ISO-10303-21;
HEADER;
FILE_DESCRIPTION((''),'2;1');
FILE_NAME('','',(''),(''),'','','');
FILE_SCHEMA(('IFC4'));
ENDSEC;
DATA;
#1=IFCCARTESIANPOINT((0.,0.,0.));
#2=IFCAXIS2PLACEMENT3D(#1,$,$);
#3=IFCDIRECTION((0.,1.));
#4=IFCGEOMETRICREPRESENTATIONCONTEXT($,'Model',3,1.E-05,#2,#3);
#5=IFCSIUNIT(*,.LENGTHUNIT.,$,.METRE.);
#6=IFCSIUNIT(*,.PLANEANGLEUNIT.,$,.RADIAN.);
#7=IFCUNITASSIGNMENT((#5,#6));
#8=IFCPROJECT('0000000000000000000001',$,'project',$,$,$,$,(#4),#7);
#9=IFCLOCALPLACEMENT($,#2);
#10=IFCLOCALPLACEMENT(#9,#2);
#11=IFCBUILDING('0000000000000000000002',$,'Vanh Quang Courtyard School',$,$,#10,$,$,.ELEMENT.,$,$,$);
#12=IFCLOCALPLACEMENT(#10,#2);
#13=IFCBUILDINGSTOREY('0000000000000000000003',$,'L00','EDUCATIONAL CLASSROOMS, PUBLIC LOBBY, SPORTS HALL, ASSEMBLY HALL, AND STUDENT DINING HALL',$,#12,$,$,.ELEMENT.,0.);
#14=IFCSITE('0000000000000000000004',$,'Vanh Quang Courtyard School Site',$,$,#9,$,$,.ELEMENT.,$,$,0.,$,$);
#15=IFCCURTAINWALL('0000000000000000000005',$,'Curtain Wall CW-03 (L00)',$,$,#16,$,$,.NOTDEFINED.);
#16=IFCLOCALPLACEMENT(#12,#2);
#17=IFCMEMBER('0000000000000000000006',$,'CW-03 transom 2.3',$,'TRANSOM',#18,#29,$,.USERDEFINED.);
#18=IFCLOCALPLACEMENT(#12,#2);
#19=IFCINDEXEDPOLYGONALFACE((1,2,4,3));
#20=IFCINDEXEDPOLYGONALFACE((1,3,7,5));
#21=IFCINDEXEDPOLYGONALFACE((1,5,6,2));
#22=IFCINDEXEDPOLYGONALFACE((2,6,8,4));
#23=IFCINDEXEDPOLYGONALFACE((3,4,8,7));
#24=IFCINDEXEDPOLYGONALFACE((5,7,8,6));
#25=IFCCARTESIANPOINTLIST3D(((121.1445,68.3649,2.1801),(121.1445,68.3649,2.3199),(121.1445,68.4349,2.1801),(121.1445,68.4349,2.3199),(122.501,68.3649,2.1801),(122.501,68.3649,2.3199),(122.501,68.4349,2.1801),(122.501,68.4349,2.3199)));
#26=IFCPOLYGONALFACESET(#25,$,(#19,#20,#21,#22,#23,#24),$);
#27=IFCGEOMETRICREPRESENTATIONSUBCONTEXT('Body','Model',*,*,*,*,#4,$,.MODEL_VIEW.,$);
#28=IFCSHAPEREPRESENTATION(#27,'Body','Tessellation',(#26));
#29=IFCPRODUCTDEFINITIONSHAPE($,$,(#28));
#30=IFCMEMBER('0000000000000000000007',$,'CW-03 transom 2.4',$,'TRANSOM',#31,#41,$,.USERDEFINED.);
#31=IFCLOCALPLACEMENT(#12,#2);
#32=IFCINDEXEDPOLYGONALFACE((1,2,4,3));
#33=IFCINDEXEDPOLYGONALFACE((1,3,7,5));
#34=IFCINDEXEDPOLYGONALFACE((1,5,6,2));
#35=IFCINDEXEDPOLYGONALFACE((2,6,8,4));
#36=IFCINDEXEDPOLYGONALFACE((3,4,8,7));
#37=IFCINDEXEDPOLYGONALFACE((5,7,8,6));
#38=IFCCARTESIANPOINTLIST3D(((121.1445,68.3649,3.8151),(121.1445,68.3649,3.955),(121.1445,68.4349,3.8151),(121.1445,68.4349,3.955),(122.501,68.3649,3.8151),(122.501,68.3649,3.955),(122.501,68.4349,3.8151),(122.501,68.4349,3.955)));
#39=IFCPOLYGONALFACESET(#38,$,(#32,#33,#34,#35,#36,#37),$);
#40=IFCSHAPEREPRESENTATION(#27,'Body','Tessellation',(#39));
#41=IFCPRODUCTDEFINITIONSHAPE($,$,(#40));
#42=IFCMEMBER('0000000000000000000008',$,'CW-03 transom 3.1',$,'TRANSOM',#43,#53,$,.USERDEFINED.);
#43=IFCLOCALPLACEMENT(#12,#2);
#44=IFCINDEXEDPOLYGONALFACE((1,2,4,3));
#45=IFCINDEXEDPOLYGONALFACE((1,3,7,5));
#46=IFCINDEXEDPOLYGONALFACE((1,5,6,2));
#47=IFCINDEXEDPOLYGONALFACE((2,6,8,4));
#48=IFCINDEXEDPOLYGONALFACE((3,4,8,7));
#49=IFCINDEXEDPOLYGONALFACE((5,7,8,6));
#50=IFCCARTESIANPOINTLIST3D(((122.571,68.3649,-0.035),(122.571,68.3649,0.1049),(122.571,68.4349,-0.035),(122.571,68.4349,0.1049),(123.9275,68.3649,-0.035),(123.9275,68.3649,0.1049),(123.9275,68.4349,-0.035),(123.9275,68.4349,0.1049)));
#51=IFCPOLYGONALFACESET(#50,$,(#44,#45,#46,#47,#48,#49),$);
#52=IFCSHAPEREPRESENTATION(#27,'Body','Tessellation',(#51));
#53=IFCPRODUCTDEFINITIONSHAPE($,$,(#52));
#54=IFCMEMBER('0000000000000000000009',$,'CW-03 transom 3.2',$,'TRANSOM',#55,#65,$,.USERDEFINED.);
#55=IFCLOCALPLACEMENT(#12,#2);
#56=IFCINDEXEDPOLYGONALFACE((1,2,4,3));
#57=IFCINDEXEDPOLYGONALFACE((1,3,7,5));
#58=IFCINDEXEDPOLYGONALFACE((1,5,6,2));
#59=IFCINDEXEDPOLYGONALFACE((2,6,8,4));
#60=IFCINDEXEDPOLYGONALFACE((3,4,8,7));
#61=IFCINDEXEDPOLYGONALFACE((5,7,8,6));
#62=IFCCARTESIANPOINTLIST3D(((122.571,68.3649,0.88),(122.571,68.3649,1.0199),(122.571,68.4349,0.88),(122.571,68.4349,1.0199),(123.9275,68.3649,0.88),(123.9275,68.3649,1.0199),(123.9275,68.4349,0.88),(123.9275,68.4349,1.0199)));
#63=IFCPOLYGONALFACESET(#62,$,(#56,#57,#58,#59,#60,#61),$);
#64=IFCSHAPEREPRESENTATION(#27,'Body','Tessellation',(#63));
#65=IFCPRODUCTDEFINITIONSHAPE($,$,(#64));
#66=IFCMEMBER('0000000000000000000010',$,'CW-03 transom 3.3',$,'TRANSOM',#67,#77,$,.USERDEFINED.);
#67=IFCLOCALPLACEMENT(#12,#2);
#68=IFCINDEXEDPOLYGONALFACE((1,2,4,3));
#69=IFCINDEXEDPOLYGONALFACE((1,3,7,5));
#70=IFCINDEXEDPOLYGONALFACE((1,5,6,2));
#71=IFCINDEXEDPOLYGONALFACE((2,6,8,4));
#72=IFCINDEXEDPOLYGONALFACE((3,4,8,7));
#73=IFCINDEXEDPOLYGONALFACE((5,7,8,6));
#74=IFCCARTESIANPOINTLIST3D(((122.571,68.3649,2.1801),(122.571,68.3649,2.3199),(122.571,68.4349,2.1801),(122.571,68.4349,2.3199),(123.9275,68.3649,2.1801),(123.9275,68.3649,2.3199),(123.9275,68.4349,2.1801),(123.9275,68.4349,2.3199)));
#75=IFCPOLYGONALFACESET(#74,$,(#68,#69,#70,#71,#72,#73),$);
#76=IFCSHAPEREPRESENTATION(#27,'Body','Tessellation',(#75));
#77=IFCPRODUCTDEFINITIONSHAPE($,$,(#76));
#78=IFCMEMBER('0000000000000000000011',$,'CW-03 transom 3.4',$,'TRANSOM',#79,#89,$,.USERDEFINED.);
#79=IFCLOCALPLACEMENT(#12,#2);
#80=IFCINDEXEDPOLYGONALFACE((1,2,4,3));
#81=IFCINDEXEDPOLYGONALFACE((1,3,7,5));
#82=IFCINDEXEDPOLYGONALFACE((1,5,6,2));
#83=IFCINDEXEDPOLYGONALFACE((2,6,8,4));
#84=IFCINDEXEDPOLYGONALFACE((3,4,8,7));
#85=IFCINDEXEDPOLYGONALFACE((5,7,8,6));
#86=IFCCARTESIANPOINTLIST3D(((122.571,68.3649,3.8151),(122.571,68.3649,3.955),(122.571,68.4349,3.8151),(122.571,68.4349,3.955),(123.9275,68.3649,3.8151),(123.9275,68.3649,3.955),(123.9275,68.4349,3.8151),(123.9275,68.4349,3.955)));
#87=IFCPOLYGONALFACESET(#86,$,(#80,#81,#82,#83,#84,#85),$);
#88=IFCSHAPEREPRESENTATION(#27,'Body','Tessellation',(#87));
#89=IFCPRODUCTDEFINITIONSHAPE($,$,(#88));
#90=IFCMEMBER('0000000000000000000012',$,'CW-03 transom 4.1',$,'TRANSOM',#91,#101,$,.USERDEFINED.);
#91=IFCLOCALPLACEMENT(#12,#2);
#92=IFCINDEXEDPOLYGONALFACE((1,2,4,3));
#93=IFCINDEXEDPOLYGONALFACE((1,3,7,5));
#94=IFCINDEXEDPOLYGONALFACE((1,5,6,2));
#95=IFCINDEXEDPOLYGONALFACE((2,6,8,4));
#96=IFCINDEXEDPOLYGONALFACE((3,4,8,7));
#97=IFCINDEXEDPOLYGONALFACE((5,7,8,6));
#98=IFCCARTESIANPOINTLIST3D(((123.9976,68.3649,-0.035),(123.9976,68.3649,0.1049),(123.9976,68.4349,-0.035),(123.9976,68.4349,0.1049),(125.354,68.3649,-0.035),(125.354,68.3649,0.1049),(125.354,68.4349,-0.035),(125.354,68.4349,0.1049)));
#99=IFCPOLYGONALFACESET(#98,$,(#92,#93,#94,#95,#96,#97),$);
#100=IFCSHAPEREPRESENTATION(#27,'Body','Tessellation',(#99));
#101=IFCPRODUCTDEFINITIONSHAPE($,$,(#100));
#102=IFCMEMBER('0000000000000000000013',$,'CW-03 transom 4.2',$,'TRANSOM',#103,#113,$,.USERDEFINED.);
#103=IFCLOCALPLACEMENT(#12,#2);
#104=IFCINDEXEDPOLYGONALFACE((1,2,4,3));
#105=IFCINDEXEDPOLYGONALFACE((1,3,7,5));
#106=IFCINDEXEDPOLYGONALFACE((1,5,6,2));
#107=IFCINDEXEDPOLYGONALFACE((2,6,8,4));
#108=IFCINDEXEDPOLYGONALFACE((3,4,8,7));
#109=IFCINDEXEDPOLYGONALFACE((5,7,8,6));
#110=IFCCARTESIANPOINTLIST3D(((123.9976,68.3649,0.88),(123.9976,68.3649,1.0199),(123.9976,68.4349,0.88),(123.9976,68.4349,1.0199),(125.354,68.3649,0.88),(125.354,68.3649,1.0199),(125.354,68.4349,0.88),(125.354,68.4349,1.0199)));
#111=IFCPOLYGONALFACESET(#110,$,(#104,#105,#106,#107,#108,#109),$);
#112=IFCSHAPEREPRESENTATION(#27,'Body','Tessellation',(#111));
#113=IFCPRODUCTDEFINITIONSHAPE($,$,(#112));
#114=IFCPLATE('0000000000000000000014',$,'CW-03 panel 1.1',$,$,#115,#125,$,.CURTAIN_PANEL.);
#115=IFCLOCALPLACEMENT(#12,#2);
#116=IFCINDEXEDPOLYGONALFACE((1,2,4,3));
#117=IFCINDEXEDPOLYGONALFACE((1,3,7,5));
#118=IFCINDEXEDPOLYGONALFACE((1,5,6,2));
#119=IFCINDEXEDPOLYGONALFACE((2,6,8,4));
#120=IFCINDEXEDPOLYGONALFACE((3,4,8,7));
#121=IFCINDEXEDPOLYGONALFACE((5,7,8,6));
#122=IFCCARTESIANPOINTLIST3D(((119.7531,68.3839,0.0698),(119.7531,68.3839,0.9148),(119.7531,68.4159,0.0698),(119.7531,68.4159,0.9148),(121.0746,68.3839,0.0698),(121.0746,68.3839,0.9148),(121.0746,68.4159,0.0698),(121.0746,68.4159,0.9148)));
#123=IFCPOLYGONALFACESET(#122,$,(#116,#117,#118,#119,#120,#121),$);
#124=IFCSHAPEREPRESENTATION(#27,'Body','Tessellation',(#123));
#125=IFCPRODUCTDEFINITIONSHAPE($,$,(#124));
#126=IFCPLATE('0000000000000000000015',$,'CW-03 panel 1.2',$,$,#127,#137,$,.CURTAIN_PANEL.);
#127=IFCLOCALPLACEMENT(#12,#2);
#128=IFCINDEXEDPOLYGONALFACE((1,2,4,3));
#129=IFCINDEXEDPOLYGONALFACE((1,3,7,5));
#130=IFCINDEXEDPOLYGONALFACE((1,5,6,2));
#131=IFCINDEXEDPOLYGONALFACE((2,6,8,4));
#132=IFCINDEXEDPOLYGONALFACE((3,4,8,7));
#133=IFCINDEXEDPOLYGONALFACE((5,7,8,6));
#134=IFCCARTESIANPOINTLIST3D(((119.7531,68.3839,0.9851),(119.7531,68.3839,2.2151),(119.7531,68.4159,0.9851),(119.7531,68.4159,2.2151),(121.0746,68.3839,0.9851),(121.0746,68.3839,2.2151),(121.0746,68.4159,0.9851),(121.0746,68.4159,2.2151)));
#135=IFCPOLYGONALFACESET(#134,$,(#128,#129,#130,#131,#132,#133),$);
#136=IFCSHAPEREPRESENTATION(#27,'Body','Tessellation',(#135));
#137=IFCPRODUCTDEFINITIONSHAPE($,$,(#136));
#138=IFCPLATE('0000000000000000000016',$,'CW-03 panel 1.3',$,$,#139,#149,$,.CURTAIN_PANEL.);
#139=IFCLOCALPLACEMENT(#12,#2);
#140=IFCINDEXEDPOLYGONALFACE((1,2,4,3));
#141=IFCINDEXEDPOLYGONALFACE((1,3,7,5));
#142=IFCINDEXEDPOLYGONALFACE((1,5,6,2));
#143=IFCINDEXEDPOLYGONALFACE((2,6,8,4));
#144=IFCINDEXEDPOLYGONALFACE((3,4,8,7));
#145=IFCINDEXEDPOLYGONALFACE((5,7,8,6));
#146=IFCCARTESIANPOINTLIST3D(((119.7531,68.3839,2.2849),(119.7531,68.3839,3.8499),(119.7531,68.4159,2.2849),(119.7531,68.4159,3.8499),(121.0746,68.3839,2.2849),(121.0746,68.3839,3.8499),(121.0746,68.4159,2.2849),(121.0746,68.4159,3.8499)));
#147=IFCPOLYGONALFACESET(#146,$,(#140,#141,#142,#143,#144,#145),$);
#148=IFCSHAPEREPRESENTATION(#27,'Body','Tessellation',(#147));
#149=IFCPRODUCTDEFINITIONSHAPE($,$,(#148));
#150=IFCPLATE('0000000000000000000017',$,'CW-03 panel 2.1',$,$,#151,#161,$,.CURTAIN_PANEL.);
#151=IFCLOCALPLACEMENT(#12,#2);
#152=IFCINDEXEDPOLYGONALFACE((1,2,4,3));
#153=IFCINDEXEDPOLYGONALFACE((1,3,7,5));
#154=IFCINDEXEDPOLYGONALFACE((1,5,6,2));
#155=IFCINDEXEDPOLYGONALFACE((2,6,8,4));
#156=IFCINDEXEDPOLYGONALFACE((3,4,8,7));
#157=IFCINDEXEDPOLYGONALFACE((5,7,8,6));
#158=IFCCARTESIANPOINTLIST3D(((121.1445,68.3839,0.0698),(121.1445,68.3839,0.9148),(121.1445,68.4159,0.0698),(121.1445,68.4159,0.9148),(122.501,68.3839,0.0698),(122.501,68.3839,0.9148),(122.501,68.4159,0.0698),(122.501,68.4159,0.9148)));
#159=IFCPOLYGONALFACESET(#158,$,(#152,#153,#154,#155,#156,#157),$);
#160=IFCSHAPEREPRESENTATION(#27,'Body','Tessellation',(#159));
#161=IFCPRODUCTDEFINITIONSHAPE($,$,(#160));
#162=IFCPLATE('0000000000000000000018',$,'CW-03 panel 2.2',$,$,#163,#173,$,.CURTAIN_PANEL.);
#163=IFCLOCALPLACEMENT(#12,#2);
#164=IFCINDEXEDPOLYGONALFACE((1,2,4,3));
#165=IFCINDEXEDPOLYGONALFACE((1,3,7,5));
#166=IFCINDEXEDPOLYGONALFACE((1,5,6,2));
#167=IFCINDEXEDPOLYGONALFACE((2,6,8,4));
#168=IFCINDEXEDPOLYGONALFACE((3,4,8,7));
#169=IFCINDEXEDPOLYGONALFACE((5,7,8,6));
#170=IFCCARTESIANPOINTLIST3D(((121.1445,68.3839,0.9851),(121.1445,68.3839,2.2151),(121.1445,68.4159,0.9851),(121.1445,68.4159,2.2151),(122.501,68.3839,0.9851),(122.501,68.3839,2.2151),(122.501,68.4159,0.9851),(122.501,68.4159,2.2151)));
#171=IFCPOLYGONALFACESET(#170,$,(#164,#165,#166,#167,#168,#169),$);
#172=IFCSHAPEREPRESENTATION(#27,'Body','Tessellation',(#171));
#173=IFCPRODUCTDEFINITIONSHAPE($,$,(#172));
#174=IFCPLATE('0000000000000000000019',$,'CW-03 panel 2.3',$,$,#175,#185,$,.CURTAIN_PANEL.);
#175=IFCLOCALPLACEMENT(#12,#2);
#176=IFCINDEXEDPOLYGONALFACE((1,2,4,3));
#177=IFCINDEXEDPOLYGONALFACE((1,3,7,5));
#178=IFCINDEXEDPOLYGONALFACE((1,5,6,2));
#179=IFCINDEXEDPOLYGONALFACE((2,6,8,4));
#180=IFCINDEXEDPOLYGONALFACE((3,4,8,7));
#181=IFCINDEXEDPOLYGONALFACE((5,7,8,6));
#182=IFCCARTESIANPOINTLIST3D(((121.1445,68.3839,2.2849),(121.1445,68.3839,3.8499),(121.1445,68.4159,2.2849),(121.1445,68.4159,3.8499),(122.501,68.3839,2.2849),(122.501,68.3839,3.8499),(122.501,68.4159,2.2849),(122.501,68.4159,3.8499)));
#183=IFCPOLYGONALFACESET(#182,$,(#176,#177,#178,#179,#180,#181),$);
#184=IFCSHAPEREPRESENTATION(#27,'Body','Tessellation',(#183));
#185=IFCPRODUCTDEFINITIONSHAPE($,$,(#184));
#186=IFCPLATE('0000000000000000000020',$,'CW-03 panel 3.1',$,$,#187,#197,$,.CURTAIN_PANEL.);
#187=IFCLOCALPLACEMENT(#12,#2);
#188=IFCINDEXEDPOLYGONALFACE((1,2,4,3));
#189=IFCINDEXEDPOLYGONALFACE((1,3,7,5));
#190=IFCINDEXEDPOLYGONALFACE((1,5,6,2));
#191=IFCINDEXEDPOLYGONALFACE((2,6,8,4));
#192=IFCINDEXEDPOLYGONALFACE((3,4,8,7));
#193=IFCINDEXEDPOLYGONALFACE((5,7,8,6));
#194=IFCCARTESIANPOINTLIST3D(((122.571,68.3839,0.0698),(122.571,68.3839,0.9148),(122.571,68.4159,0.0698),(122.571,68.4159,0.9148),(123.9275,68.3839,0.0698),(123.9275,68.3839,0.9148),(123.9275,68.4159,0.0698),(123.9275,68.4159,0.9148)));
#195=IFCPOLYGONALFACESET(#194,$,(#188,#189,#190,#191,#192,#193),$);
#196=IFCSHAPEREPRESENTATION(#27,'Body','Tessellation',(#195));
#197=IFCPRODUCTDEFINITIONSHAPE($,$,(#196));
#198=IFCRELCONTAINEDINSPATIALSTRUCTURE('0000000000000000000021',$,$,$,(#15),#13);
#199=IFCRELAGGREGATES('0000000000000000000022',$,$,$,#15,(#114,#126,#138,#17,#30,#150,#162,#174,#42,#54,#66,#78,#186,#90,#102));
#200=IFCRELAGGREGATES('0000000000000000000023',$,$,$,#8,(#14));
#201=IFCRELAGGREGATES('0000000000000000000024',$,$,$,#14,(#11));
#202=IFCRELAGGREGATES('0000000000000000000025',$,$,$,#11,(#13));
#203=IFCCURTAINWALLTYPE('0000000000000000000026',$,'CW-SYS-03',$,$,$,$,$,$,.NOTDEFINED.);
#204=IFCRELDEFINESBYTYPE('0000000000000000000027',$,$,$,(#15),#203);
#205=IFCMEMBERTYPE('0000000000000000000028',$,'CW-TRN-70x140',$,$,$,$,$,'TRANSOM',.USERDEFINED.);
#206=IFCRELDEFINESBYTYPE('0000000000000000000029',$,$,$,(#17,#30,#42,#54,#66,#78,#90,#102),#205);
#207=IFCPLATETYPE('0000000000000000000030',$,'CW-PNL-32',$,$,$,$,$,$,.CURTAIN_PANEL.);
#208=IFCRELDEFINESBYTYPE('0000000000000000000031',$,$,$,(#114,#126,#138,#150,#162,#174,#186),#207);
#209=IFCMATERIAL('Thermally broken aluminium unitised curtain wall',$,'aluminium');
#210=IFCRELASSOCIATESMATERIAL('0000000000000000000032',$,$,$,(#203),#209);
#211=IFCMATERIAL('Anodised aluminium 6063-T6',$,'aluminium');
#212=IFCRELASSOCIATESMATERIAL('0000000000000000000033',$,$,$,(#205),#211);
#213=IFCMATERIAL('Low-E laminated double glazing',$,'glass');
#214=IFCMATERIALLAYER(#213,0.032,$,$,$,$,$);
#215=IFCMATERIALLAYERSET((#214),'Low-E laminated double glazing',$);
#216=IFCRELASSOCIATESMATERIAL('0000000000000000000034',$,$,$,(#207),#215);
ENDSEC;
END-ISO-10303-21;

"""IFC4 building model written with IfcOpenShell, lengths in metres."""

from ifc_helpers import new_model, si_unit, direction, frame, origin, origin_2d, place, context, subcontext, project, spatial, rectangle, extrude, material, layer, layer_set, material_profile, profile_set, type_object, element, aggregate, save


model = new_model("IFC4")

# Units and contexts
model_context = context("Model", 3, precision=1e-05, world=origin(), true_north=direction((0.0, 1.0)))
body_context = subcontext(model_context, "Body", "Model", "MODEL_VIEW")
ifc_project = project(units=[si_unit("LENGTHUNIT", "METRE"), si_unit("PLANEANGLEUNIT", "RADIAN")], contexts=[model_context])

# Site, building, storey
site_placement = place(None, origin())
site = spatial("IfcSite", under=ifc_project, at=site_placement, Name="Vanh Quang Courtyard School Site", CompositionType="ELEMENT", RefElevation=0.0)
building_placement = place(site_placement, origin())
building = spatial("IfcBuilding", under=site, at=building_placement, Name="Vanh Quang Courtyard School", CompositionType="ELEMENT")
storey_placement = place(building_placement, origin())
storey = spatial("IfcBuildingStorey", under=building, at=storey_placement, Name="L00", Description="EDUCATIONAL CLASSROOMS, PUBLIC LOBBY, SPORTS HALL, ASSEMBLY HALL, AND STUDENT DINING HALL", CompositionType="ELEMENT", Elevation=0.0)

# Curtain wall, members, plates
ifc_material_1 = material(Name="Thermally broken aluminium unitised curtain wall", Category="aluminium")
curtain_wall_type = type_object("IfcCurtainWallType", Name="CW-SYS-03", PredefinedType="NOTDEFINED", material=ifc_material_1)
curtain_wall_placement = place(storey_placement, origin())
curtain_wall = element("IfcCurtainWall", 1, at=curtain_wall_placement, inside=storey, type_object=curtain_wall_type, Name="Curtain Wall CW-03 (L00)", PredefinedType="NOTDEFINED")
ifc_material_2 = material(Name="Anodised aluminium 6063-T6", Category="aluminium")
ifc_material_profile_1 = material_profile(ifc_material_2, rectangle(XDim=0.0701, YDim=0.1399, at=origin_2d()), Name="ALU-TRN 70x140")
ifc_profile_set_1 = profile_set([ifc_material_profile_1], Name="Anodised aluminium 6063-T6")
member_type_1 = type_object("IfcMemberType", Name="CW-TRN-70x140", ElementType="TRANSOM", PredefinedType="USERDEFINED", material=ifc_profile_set_1)
member_1_placement = place(storey_placement, frame((121.1445, 68.3999, 2.25), z_axis=(1.0, 0.0, 0.0), x_axis=(0.0, 1.0, 0.0)))
member_1 = element("IfcMember", 2, at=member_1_placement, type_object=member_type_1, Name="CW-03 transom 2.3", ObjectType="TRANSOM", PredefinedType="USERDEFINED", context=body_context, shape_type="SweptSolid", body=[
    extrude(rectangle(XDim=0.0701, YDim=0.1399, at=origin_2d()), origin(), (0.0, 0.0, 1.0), 1.3564),
])
member_2_placement = place(storey_placement, frame((121.1445, 68.3999, 3.885), z_axis=(1.0, 0.0, 0.0), x_axis=(0.0, 1.0, 0.0)))
member_2 = element("IfcMember", 3, at=member_2_placement, type_object=member_type_1, Name="CW-03 transom 2.4", ObjectType="TRANSOM", PredefinedType="USERDEFINED", context=body_context, shape_type="SweptSolid", body=[
    extrude(rectangle(XDim=0.0701, YDim=0.1399, at=origin_2d()), origin(), (0.0, 0.0, 1.0), 1.3564),
])
member_3_placement = place(storey_placement, frame((122.571, 68.3999, 0.0349), z_axis=(1.0, 0.0, 0.0), x_axis=(0.0, 1.0, 0.0)))
member_3 = element("IfcMember", 4, at=member_3_placement, type_object=member_type_1, Name="CW-03 transom 3.1", ObjectType="TRANSOM", PredefinedType="USERDEFINED", context=body_context, shape_type="SweptSolid", body=[
    extrude(rectangle(XDim=0.0701, YDim=0.1399, at=origin_2d()), origin(), (0.0, 0.0, 1.0), 1.3564),
])
member_4_placement = place(storey_placement, frame((122.571, 68.3999, 0.95), z_axis=(1.0, 0.0, 0.0), x_axis=(0.0, 1.0, 0.0)))
member_4 = element("IfcMember", 5, at=member_4_placement, type_object=member_type_1, Name="CW-03 transom 3.2", ObjectType="TRANSOM", PredefinedType="USERDEFINED", context=body_context, shape_type="SweptSolid", body=[
    extrude(rectangle(XDim=0.0701, YDim=0.1399, at=origin_2d()), origin(), (0.0, 0.0, 1.0), 1.3564),
])
member_5_placement = place(storey_placement, frame((122.571, 68.3999, 2.25), z_axis=(1.0, 0.0, 0.0), x_axis=(0.0, 1.0, 0.0)))
member_5 = element("IfcMember", 6, at=member_5_placement, type_object=member_type_1, Name="CW-03 transom 3.3", ObjectType="TRANSOM", PredefinedType="USERDEFINED", context=body_context, shape_type="SweptSolid", body=[
    extrude(rectangle(XDim=0.0701, YDim=0.1399, at=origin_2d()), origin(), (0.0, 0.0, 1.0), 1.3564),
])
member_6_placement = place(storey_placement, frame((122.571, 68.3999, 3.885), z_axis=(1.0, 0.0, 0.0), x_axis=(0.0, 1.0, 0.0)))
member_6 = element("IfcMember", 7, at=member_6_placement, type_object=member_type_1, Name="CW-03 transom 3.4", ObjectType="TRANSOM", PredefinedType="USERDEFINED", context=body_context, shape_type="SweptSolid", body=[
    extrude(rectangle(XDim=0.0701, YDim=0.1399, at=origin_2d()), origin(), (0.0, 0.0, 1.0), 1.3564),
])
member_7_placement = place(storey_placement, frame((123.9976, 68.3999, 0.0349), z_axis=(1.0, 0.0, 0.0), x_axis=(0.0, 1.0, 0.0)))
member_7 = element("IfcMember", 8, at=member_7_placement, type_object=member_type_1, Name="CW-03 transom 4.1", ObjectType="TRANSOM", PredefinedType="USERDEFINED", context=body_context, shape_type="SweptSolid", body=[
    extrude(rectangle(XDim=0.0701, YDim=0.1399, at=origin_2d()), origin(), (0.0, 0.0, 1.0), 1.3564),
])
member_8_placement = place(storey_placement, frame((123.9976, 68.3999, 0.95), z_axis=(1.0, 0.0, 0.0), x_axis=(0.0, 1.0, 0.0)))
member_8 = element("IfcMember", 9, at=member_8_placement, type_object=member_type_1, Name="CW-03 transom 4.2", ObjectType="TRANSOM", PredefinedType="USERDEFINED", context=body_context, shape_type="SweptSolid", body=[
    extrude(rectangle(XDim=0.0701, YDim=0.1399, at=origin_2d()), origin(), (0.0, 0.0, 1.0), 1.3564),
])
ifc_material_3 = material(Name="Low-E laminated double glazing", Category="glass")
ifc_layer = layer(ifc_material_3, 0.032)
ifc_layer_set = layer_set([ifc_layer], Name="Low-E laminated double glazing")
plate_type = type_object("IfcPlateType", Name="CW-PNL-32", PredefinedType="CURTAIN_PANEL", material=ifc_layer_set)
plate_1_placement = place(storey_placement, frame((120.4138, 68.3999, 0.0698), z_axis=(0.0, 0.0, 1.0), x_axis=(1.0, 0.0, 0.0)))
plate_1 = element("IfcPlate", 10, at=plate_1_placement, type_object=plate_type, Name="CW-03 panel 1.1", PredefinedType="CURTAIN_PANEL", context=body_context, shape_type="SweptSolid", body=[
    extrude(rectangle(XDim=1.3215, YDim=0.032, at=origin_2d()), origin(), (0.0, 0.0, 1.0), 0.845),
])
plate_2_placement = place(storey_placement, frame((120.4138, 68.3999, 0.9851), z_axis=(0.0, 0.0, 1.0), x_axis=(1.0, 0.0, 0.0)))
plate_2 = element("IfcPlate", 11, at=plate_2_placement, type_object=plate_type, Name="CW-03 panel 1.2", PredefinedType="CURTAIN_PANEL", context=body_context, shape_type="SweptSolid", body=[
    extrude(rectangle(XDim=1.3215, YDim=0.032, at=origin_2d()), origin(), (0.0, 0.0, 1.0), 1.23),
])
plate_3_placement = place(storey_placement, frame((120.4138, 68.3999, 2.2849), z_axis=(0.0, 0.0, 1.0), x_axis=(1.0, 0.0, 0.0)))
plate_3 = element("IfcPlate", 12, at=plate_3_placement, type_object=plate_type, Name="CW-03 panel 1.3", PredefinedType="CURTAIN_PANEL", context=body_context, shape_type="SweptSolid", body=[
    extrude(rectangle(XDim=1.3215, YDim=0.032, at=origin_2d()), origin(), (0.0, 0.0, 1.0), 1.5649),
])
plate_4_placement = place(storey_placement, frame((121.8228, 68.3999, 0.0698), z_axis=(0.0, 0.0, 1.0), x_axis=(1.0, 0.0, 0.0)))
plate_4 = element("IfcPlate", 13, at=plate_4_placement, type_object=plate_type, Name="CW-03 panel 2.1", PredefinedType="CURTAIN_PANEL", context=body_context, shape_type="SweptSolid", body=[
    extrude(rectangle(XDim=1.3564, YDim=0.032, at=origin_2d()), origin(), (0.0, 0.0, 1.0), 0.845),
])
plate_5_placement = place(storey_placement, frame((121.8228, 68.3999, 0.9851), z_axis=(0.0, 0.0, 1.0), x_axis=(1.0, 0.0, 0.0)))
plate_5 = element("IfcPlate", 14, at=plate_5_placement, type_object=plate_type, Name="CW-03 panel 2.2", PredefinedType="CURTAIN_PANEL", context=body_context, shape_type="SweptSolid", body=[
    extrude(rectangle(XDim=1.3564, YDim=0.032, at=origin_2d()), origin(), (0.0, 0.0, 1.0), 1.23),
])
plate_6_placement = place(storey_placement, frame((121.8228, 68.3999, 2.2849), z_axis=(0.0, 0.0, 1.0), x_axis=(1.0, 0.0, 0.0)))
plate_6 = element("IfcPlate", 15, at=plate_6_placement, type_object=plate_type, Name="CW-03 panel 2.3", PredefinedType="CURTAIN_PANEL", context=body_context, shape_type="SweptSolid", body=[
    extrude(rectangle(XDim=1.3564, YDim=0.032, at=origin_2d()), origin(), (0.0, 0.0, 1.0), 1.5649),
])
plate_7_placement = place(storey_placement, frame((123.2493, 68.3999, 0.0698), z_axis=(0.0, 0.0, 1.0), x_axis=(1.0, 0.0, 0.0)))
plate_7 = element("IfcPlate", 16, at=plate_7_placement, type_object=plate_type, Name="CW-03 panel 3.1", PredefinedType="CURTAIN_PANEL", context=body_context, shape_type="SweptSolid", body=[
    extrude(rectangle(XDim=1.3564, YDim=0.032, at=origin_2d()), origin(), (0.0, 0.0, 1.0), 0.845),
])
aggregate(curtain_wall, [plate_1, plate_2, plate_3, member_1, member_2, plate_4, plate_5, plate_6, member_3, member_4, member_5, member_6, plate_7, member_7, member_8])

save(model, "model.ifc")
